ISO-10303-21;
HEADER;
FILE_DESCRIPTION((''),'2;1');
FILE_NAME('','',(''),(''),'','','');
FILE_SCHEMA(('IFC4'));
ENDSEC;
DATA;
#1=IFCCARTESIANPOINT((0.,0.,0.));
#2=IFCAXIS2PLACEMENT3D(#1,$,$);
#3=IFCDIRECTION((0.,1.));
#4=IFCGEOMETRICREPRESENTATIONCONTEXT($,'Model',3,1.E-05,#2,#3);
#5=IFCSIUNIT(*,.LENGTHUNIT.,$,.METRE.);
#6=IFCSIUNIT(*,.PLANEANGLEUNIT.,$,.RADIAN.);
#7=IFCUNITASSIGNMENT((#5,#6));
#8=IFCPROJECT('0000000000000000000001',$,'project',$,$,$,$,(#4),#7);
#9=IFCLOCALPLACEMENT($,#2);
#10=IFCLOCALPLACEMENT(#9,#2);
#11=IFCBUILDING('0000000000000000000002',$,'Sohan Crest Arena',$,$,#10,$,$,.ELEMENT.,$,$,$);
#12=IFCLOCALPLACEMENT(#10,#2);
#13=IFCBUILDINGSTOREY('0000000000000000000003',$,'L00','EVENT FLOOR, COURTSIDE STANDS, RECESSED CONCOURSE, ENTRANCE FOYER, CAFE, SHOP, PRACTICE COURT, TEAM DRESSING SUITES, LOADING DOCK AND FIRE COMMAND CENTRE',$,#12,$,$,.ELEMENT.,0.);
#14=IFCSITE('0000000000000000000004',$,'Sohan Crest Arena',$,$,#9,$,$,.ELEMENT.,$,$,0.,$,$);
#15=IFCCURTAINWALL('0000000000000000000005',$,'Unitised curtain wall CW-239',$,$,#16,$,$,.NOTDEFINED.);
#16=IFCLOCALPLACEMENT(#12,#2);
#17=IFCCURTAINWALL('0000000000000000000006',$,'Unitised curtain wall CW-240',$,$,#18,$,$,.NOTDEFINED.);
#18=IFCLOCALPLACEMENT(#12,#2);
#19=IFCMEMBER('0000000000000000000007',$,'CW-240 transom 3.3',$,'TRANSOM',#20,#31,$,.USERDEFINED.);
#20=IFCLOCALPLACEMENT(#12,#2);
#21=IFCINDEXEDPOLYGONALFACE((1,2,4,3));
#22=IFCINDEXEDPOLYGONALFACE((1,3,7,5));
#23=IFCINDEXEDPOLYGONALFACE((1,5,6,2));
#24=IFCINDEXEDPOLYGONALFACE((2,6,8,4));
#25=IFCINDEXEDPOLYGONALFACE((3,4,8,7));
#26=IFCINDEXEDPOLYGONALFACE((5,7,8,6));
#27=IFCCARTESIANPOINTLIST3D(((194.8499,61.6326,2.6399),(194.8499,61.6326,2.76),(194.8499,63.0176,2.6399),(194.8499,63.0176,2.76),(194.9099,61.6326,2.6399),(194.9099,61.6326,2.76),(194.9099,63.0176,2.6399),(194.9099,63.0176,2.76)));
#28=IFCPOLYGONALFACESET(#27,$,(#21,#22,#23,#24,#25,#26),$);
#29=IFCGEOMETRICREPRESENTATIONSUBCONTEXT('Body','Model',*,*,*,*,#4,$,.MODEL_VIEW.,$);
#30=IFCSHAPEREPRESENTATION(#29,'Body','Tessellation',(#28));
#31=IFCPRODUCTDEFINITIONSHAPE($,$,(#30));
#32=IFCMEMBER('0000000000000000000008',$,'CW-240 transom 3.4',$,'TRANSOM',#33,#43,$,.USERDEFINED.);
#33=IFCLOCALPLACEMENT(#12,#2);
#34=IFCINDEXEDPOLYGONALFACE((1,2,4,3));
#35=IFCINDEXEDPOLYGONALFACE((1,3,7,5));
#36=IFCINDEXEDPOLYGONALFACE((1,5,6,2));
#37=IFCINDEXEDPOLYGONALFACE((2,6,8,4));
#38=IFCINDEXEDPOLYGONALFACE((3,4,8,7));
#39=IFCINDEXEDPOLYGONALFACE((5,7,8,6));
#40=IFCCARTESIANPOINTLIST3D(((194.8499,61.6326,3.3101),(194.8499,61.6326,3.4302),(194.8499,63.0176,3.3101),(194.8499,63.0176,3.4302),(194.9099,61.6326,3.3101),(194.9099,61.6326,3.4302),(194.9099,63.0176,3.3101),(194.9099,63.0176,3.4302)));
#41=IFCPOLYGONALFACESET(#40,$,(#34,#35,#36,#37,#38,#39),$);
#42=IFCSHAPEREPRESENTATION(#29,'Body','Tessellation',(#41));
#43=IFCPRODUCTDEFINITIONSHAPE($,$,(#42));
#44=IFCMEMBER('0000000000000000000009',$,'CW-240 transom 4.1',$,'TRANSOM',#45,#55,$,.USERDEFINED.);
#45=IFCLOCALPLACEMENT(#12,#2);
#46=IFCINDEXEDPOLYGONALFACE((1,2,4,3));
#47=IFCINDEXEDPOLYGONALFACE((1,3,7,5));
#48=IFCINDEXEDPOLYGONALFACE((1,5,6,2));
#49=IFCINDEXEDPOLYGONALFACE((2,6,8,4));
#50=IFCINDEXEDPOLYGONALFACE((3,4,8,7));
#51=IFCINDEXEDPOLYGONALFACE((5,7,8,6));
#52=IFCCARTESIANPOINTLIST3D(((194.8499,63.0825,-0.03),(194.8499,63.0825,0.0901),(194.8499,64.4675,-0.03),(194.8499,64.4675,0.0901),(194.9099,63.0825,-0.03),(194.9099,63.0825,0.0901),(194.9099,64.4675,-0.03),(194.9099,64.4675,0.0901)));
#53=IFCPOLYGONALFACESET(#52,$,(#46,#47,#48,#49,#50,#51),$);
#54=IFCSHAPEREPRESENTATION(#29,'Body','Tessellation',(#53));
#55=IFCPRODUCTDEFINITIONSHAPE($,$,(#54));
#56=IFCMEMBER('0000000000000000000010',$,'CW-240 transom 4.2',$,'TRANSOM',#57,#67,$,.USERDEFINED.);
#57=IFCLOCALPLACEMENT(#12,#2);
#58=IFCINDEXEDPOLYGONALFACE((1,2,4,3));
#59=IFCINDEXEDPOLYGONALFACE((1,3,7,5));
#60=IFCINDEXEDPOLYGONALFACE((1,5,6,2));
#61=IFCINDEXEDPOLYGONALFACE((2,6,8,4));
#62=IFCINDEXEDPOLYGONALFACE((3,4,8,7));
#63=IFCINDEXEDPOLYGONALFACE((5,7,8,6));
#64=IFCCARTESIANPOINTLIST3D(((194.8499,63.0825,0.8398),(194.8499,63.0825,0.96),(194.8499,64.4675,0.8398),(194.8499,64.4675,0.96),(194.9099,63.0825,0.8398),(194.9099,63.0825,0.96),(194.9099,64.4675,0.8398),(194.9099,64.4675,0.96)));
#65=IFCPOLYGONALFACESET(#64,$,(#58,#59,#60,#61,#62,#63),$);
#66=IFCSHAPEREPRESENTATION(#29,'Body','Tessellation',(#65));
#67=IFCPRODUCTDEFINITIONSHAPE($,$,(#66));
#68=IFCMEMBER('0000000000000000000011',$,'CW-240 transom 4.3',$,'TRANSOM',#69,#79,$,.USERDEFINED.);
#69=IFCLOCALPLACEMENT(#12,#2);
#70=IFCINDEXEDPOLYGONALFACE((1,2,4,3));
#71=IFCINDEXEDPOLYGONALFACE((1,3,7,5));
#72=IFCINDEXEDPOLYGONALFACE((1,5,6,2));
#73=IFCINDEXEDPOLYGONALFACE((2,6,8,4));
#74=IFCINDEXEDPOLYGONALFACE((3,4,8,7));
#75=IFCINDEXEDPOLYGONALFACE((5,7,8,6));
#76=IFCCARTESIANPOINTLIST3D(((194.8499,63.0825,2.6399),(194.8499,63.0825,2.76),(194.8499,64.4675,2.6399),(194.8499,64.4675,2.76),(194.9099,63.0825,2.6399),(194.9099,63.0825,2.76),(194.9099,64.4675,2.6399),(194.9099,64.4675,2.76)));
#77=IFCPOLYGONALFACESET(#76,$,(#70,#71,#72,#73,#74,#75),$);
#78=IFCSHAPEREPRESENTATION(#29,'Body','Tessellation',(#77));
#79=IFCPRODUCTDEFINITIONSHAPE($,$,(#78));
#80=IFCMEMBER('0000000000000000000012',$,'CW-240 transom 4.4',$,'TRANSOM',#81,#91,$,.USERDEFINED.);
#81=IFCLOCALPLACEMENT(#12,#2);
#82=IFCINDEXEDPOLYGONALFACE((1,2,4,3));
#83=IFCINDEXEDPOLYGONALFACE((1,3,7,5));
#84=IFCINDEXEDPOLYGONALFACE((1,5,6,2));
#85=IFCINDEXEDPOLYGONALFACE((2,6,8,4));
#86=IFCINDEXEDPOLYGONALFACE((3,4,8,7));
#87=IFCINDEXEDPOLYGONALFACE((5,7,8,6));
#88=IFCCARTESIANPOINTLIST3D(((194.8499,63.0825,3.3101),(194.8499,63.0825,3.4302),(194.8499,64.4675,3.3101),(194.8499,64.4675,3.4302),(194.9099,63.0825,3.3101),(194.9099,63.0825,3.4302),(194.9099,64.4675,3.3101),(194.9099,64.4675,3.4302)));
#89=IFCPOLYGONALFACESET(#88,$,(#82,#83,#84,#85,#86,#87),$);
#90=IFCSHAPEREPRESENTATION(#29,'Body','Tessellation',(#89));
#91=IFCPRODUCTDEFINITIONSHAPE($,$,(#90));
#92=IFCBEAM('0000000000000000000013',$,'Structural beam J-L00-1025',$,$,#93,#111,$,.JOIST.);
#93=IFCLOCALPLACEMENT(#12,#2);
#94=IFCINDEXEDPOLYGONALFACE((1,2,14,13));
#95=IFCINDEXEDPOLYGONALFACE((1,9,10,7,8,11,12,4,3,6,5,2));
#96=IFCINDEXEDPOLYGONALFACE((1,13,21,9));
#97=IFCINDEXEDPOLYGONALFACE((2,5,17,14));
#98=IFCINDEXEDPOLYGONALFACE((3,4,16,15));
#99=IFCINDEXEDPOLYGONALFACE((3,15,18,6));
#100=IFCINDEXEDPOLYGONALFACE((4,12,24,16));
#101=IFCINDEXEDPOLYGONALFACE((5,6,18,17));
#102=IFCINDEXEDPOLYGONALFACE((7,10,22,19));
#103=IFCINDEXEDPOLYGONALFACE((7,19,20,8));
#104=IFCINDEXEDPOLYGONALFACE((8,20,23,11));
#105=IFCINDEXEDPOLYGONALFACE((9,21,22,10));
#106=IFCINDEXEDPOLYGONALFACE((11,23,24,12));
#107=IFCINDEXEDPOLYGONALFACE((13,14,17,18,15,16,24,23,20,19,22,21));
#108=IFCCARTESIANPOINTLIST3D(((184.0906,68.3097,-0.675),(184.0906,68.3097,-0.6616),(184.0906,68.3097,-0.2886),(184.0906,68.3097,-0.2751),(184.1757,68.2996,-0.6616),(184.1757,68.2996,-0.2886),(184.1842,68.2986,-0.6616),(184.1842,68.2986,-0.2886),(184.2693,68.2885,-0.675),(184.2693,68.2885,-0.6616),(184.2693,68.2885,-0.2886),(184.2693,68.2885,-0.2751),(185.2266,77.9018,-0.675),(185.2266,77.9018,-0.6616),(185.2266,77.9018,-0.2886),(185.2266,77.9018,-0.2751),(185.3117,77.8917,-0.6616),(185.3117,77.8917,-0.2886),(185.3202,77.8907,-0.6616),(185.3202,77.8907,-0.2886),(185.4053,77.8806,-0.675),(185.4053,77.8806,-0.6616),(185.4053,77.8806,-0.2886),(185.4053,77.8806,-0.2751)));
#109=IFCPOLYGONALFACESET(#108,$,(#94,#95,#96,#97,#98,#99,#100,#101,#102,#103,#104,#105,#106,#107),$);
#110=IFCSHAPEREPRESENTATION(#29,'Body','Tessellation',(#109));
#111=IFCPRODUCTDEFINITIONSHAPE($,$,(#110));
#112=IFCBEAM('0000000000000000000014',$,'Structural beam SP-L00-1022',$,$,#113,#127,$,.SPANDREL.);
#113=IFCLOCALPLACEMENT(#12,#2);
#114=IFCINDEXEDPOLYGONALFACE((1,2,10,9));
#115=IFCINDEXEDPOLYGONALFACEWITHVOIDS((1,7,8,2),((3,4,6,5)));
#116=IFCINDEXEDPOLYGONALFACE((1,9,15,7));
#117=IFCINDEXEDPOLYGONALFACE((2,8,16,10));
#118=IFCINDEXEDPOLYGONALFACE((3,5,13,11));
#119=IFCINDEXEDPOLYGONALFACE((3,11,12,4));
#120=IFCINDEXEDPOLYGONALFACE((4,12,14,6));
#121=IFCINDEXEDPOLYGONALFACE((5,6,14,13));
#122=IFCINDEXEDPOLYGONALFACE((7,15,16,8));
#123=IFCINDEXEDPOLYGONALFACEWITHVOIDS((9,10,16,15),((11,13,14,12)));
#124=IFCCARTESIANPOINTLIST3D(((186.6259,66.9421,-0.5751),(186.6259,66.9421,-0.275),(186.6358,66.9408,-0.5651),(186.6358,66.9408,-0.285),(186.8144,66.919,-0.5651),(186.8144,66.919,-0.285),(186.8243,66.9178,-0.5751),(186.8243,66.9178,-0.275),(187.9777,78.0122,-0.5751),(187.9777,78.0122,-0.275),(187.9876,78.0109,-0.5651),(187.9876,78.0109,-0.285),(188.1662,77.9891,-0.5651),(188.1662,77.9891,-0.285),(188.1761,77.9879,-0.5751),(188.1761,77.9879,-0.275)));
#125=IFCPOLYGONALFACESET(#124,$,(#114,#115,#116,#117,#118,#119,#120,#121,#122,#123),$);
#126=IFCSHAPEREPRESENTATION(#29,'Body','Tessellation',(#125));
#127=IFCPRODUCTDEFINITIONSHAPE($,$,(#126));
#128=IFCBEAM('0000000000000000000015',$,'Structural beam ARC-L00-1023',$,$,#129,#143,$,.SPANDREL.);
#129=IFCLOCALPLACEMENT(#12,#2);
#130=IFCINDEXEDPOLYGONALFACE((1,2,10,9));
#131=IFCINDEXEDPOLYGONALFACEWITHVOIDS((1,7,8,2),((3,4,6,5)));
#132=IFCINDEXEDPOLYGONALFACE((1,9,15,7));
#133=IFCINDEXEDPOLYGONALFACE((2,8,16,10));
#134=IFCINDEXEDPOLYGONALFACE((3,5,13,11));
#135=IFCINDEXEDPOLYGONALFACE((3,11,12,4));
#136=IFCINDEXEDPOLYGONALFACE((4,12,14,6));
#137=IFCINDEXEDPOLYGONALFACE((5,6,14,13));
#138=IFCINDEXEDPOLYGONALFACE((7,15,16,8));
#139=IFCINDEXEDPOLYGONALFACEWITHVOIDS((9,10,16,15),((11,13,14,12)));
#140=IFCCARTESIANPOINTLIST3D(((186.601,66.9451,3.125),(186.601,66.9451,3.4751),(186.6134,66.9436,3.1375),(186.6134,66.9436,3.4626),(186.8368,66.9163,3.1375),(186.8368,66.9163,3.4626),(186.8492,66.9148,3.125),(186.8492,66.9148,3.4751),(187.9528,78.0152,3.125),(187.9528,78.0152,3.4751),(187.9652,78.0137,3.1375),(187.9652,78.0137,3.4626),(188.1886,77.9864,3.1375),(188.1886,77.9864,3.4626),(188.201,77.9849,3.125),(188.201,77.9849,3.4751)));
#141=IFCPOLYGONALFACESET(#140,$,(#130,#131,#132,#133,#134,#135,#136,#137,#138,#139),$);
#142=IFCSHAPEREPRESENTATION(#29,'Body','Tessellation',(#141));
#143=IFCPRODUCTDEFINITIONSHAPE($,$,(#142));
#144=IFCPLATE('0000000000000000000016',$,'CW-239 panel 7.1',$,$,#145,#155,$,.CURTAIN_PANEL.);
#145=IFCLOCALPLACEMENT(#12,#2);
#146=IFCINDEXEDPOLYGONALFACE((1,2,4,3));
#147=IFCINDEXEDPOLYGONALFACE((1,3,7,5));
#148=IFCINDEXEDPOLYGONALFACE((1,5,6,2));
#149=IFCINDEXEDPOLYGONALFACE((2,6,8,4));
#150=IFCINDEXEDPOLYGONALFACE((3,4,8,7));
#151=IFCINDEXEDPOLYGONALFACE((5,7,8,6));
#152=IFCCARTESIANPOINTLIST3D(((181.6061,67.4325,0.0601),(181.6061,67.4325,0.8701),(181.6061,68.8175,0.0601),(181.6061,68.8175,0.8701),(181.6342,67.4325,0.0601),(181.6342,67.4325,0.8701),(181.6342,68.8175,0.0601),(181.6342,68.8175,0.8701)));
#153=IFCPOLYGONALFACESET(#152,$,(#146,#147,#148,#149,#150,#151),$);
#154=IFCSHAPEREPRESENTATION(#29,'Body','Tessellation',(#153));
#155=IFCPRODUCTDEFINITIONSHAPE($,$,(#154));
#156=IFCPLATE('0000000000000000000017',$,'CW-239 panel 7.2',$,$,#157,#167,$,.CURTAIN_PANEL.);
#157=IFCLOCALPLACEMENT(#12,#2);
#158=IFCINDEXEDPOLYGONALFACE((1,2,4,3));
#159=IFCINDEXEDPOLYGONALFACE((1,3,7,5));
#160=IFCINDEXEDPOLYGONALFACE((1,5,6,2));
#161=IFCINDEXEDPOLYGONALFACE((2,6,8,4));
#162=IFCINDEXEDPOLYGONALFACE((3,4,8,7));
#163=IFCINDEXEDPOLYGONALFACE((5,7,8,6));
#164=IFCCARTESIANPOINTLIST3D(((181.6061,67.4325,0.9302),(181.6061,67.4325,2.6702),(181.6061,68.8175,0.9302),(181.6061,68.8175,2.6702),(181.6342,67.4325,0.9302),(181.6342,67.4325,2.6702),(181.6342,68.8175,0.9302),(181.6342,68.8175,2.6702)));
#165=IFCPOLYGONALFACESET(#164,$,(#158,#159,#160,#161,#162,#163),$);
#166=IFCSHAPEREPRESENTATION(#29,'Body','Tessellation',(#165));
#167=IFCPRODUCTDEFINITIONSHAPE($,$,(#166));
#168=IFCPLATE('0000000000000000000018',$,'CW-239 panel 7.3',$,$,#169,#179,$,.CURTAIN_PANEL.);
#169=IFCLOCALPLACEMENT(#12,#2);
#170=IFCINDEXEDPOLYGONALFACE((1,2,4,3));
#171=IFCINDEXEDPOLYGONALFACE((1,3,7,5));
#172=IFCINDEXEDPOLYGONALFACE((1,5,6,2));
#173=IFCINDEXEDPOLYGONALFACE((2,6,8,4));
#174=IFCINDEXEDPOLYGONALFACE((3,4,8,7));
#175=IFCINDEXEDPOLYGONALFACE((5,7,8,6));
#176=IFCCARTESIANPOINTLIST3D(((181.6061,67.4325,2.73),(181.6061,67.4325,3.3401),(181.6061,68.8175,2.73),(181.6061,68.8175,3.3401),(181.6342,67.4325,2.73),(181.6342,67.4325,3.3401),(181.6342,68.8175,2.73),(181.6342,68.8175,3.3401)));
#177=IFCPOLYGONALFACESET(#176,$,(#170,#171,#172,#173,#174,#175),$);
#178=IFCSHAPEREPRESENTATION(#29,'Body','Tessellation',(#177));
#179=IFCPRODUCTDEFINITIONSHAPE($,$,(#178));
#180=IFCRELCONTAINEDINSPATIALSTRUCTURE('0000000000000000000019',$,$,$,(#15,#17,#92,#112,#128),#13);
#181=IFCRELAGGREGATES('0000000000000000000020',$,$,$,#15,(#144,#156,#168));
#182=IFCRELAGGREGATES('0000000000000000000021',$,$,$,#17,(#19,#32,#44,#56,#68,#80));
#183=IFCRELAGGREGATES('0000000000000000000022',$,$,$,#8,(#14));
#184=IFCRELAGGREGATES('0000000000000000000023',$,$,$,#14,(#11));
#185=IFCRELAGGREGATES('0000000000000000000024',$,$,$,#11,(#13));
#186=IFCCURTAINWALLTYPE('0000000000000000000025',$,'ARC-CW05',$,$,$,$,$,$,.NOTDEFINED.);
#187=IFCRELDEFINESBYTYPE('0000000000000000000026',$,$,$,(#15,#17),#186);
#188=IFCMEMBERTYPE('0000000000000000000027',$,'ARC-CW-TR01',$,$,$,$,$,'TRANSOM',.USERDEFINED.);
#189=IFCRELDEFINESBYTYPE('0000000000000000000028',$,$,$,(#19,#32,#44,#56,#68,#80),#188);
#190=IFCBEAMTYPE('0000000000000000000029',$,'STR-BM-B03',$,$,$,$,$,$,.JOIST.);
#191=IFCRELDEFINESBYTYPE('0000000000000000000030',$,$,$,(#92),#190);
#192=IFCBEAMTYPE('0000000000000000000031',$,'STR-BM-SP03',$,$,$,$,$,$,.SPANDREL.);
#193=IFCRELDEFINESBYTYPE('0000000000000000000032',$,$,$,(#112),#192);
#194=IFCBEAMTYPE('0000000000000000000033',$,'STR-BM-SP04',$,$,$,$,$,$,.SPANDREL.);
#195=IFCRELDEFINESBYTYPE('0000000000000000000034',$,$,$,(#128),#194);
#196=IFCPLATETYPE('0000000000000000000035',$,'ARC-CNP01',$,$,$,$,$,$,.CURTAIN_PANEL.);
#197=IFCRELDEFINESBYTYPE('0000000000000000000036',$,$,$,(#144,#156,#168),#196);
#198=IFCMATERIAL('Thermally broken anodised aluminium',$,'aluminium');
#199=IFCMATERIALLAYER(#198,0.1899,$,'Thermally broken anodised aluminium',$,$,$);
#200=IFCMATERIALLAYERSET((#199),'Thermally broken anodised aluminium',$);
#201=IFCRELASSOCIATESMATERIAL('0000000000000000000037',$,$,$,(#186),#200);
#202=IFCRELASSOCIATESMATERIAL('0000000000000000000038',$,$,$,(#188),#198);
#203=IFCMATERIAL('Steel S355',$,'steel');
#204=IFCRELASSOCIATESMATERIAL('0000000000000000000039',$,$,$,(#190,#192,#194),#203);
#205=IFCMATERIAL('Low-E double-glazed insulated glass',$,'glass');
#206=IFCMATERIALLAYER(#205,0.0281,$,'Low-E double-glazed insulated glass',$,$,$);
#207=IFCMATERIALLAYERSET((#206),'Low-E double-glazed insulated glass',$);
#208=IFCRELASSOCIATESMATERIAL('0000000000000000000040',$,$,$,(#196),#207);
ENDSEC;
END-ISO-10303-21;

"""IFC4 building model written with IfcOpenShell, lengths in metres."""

from ifc_helpers import new_model, si_unit, direction, frame, origin, origin_2d, place, context, subcontext, project, spatial, rectangle, hollow_rectangle, i_section, extrude, material, layer, layer_set, material_profile, profile_set, type_object, element, aggregate, save


model = new_model("IFC4")

# Units and contexts
model_context = context("Model", 3, precision=1e-05, world=origin(), true_north=direction((0.0, 1.0)))
body_context = subcontext(model_context, "Body", "Model", "MODEL_VIEW")
ifc_project = project(units=[si_unit("LENGTHUNIT", "METRE"), si_unit("PLANEANGLEUNIT", "RADIAN")], contexts=[model_context])

# Site, building, storey
site_placement = place(None, origin())
site = spatial("IfcSite", under=ifc_project, at=site_placement, Name="Sohan Crest Arena", CompositionType="ELEMENT", RefElevation=0.0)
building_placement = place(site_placement, origin())
building = spatial("IfcBuilding", under=site, at=building_placement, Name="Sohan Crest Arena", CompositionType="ELEMENT")
storey_placement = place(building_placement, origin())
storey = spatial("IfcBuildingStorey", under=building, at=storey_placement, Name="L00", Description="EVENT FLOOR, COURTSIDE STANDS, RECESSED CONCOURSE, ENTRANCE FOYER, CAFE, SHOP, PRACTICE COURT, TEAM DRESSING SUITES, LOADING DOCK AND FIRE COMMAND CENTRE", CompositionType="ELEMENT", Elevation=0.0)

# Curtain wall
ifc_material_1 = material(Name="Thermally broken anodised aluminium", Category="aluminium")
ifc_layer_1 = layer(ifc_material_1, 0.1899, Name="Thermally broken anodised aluminium")
ifc_layer_set_1 = layer_set([ifc_layer_1], Name="Thermally broken anodised aluminium")
curtain_wall_type = type_object("IfcCurtainWallType", Name="ARC-CW05", PredefinedType="NOTDEFINED", material=ifc_layer_set_1)
curtain_wall_1_placement = place(storey_placement, origin())
curtain_wall_1 = element("IfcCurtainWall", 1, at=curtain_wall_1_placement, inside=storey, type_object=curtain_wall_type, Name="Unitised curtain wall CW-239", PredefinedType="NOTDEFINED")

# Curtain wall
curtain_wall_2_placement = place(storey_placement, origin())
curtain_wall_2 = element("IfcCurtainWall", 2, at=curtain_wall_2_placement, inside=storey, type_object=curtain_wall_type, Name="Unitised curtain wall CW-240", PredefinedType="NOTDEFINED")

# Members
ifc_material_profile_1 = material_profile(ifc_material_1, rectangle(XDim=0.0601, YDim=0.1201, at=origin_2d()), Name="ALU-TRAN 60x120")
ifc_profile_set_1 = profile_set([ifc_material_profile_1], Name="Thermally broken anodised aluminium")
member_type_1 = type_object("IfcMemberType", Name="ARC-CW-TR01", ElementType="TRANSOM", PredefinedType="USERDEFINED", material=ifc_profile_set_1)
member_1_placement = place(storey_placement, frame((194.8799, 61.6326, 2.7), z_axis=(0.0, 1.0, 0.0), x_axis=(-1.0, 0.0, 0.0)))
member_1 = element("IfcMember", 3, at=member_1_placement, type_object=member_type_1, Name="CW-240 transom 3.3", ObjectType="TRANSOM", PredefinedType="USERDEFINED", context=body_context, shape_type="SweptSolid", body=[
    extrude(rectangle(XDim=0.0601, YDim=0.1201, at=origin_2d()), origin(), (0.0, 0.0, 1.0), 1.385),
])
member_2_placement = place(storey_placement, frame((194.8799, 61.6326, 3.3701), z_axis=(0.0, 1.0, 0.0), x_axis=(-1.0, 0.0, 0.0)))
member_2 = element("IfcMember", 4, at=member_2_placement, type_object=member_type_1, Name="CW-240 transom 3.4", ObjectType="TRANSOM", PredefinedType="USERDEFINED", context=body_context, shape_type="SweptSolid", body=[
    extrude(rectangle(XDim=0.0601, YDim=0.1201, at=origin_2d()), origin(), (0.0, 0.0, 1.0), 1.385),
])
member_3_placement = place(storey_placement, frame((194.8799, 63.0825, 0.03), z_axis=(0.0, 1.0, 0.0), x_axis=(-1.0, 0.0, 0.0)))
member_3 = element("IfcMember", 5, at=member_3_placement, type_object=member_type_1, Name="CW-240 transom 4.1", ObjectType="TRANSOM", PredefinedType="USERDEFINED", context=body_context, shape_type="SweptSolid", body=[
    extrude(rectangle(XDim=0.0601, YDim=0.1201, at=origin_2d()), origin(), (0.0, 0.0, 1.0), 1.385),
])
member_4_placement = place(storey_placement, frame((194.8799, 63.0825, 0.8999), z_axis=(0.0, 1.0, 0.0), x_axis=(-1.0, 0.0, 0.0)))
member_4 = element("IfcMember", 6, at=member_4_placement, type_object=member_type_1, Name="CW-240 transom 4.2", ObjectType="TRANSOM", PredefinedType="USERDEFINED", context=body_context, shape_type="SweptSolid", body=[
    extrude(rectangle(XDim=0.0601, YDim=0.1201, at=origin_2d()), origin(), (0.0, 0.0, 1.0), 1.385),
])
member_5_placement = place(storey_placement, frame((194.8799, 63.0825, 2.7), z_axis=(0.0, 1.0, 0.0), x_axis=(-1.0, 0.0, 0.0)))
member_5 = element("IfcMember", 7, at=member_5_placement, type_object=member_type_1, Name="CW-240 transom 4.3", ObjectType="TRANSOM", PredefinedType="USERDEFINED", context=body_context, shape_type="SweptSolid", body=[
    extrude(rectangle(XDim=0.0601, YDim=0.1201, at=origin_2d()), origin(), (0.0, 0.0, 1.0), 1.385),
])
member_6_placement = place(storey_placement, frame((194.8799, 63.0825, 3.3701), z_axis=(0.0, 1.0, 0.0), x_axis=(-1.0, 0.0, 0.0)))
member_6 = element("IfcMember", 8, at=member_6_placement, type_object=member_type_1, Name="CW-240 transom 4.4", ObjectType="TRANSOM", PredefinedType="USERDEFINED", context=body_context, shape_type="SweptSolid", body=[
    extrude(rectangle(XDim=0.0601, YDim=0.1201, at=origin_2d()), origin(), (0.0, 0.0, 1.0), 1.385),
])

# Beams
ifc_material_2 = material(Name="Steel S355", Category="steel")
ifc_material_profile_2 = material_profile(ifc_material_2, i_section(OverallWidth=0.1799, OverallDepth=0.3999, WebThickness=0.0085, FlangeThickness=0.0134, at=origin_2d()), Name="IPE 400")
ifc_profile_set_2 = profile_set([ifc_material_profile_2], Name="Steel S355")
beam_type_1 = type_object("IfcBeamType", Name="STR-BM-B03", PredefinedType="JOIST", material=ifc_profile_set_2)
beam_1_placement = place(storey_placement, frame((184.1799, 68.2991, -0.4751), z_axis=(0.117608, 0.99306, 0.0), x_axis=(-0.99306, 0.117608, 0.0)))
element("IfcBeam", 9, at=beam_1_placement, inside=storey, type_object=beam_type_1, Name="Structural beam J-L00-1025", PredefinedType="JOIST", context=body_context, shape_type="SweptSolid", body=[
    extrude(i_section(OverallWidth=0.1799, OverallDepth=0.3999, WebThickness=0.0085, FlangeThickness=0.0134, at=origin_2d()), origin(), (0.0, 0.0, 1.0), 9.6592),
])
ifc_material_profile_3 = material_profile(ifc_material_2, hollow_rectangle(XDim=0.2, YDim=0.3, WallThickness=0.01, at=origin_2d()), Name="RHS 300x200x10")
ifc_profile_set_3 = profile_set([ifc_material_profile_3], Name="Steel S355")
beam_type_2 = type_object("IfcBeamType", Name="STR-BM-SP03", PredefinedType="SPANDREL", material=ifc_profile_set_3)
beam_2_placement = place(storey_placement, frame((186.7251, 66.9299, -0.425), z_axis=(0.121213, 0.992626, 0.0), x_axis=(-0.992626, 0.121213, 0.0)))
element("IfcBeam", 10, at=beam_2_placement, inside=storey, type_object=beam_type_2, Name="Structural beam SP-L00-1022", PredefinedType="SPANDREL", context=body_context, shape_type="SweptSolid", body=[
    extrude(hollow_rectangle(XDim=0.2, YDim=0.3, WallThickness=0.01, at=origin_2d()), origin(), (0.0, 0.0, 1.0), 11.1523),
])
ifc_material_profile_4 = material_profile(ifc_material_2, hollow_rectangle(XDim=0.25, YDim=0.3501, WallThickness=0.0125, at=origin_2d()), Name="RHS 350x250x12.5")
ifc_profile_set_4 = profile_set([ifc_material_profile_4], Name="Steel S355")
beam_type_3 = type_object("IfcBeamType", Name="STR-BM-SP04", PredefinedType="SPANDREL", material=ifc_profile_set_4)
beam_3_placement = place(storey_placement, frame((186.7251, 66.9299, 3.3), z_axis=(0.121213, 0.992626, 0.0), x_axis=(-0.992626, 0.121213, 0.0)))
element("IfcBeam", 11, at=beam_3_placement, inside=storey, type_object=beam_type_3, Name="Structural beam ARC-L00-1023", PredefinedType="SPANDREL", context=body_context, shape_type="SweptSolid", body=[
    extrude(hollow_rectangle(XDim=0.25, YDim=0.3501, WallThickness=0.0125, at=origin_2d()), origin(), (0.0, 0.0, 1.0), 11.1523),
])

# Plates
ifc_material_3 = material(Name="Low-E double-glazed insulated glass", Category="glass")
ifc_layer_2 = layer(ifc_material_3, 0.0281, Name="Low-E double-glazed insulated glass")
ifc_layer_set_2 = layer_set([ifc_layer_2], Name="Low-E double-glazed insulated glass")
plate_type = type_object("IfcPlateType", Name="ARC-CNP01", PredefinedType="CURTAIN_PANEL", material=ifc_layer_set_2)
plate_1_placement = place(storey_placement, frame((181.6201, 68.125, 0.0601), z_axis=(0.0, 0.0, 1.0), x_axis=(0.0, 1.0, 0.0)))
plate_1 = element("IfcPlate", 12, at=plate_1_placement, type_object=plate_type, Name="CW-239 panel 7.1", PredefinedType="CURTAIN_PANEL", context=body_context, shape_type="SweptSolid", body=[
    extrude(rectangle(XDim=1.385, YDim=0.0281, at=origin_2d()), origin(), (0.0, 0.0, 1.0), 0.8101),
])
plate_2_placement = place(storey_placement, frame((181.6201, 68.125, 0.9302), z_axis=(0.0, 0.0, 1.0), x_axis=(0.0, 1.0, 0.0)))
plate_2 = element("IfcPlate", 13, at=plate_2_placement, type_object=plate_type, Name="CW-239 panel 7.2", PredefinedType="CURTAIN_PANEL", context=body_context, shape_type="SweptSolid", body=[
    extrude(rectangle(XDim=1.385, YDim=0.0281, at=origin_2d()), origin(), (0.0, 0.0, 1.0), 1.74),
])
plate_3_placement = place(storey_placement, frame((181.6201, 68.125, 2.73), z_axis=(0.0, 0.0, 1.0), x_axis=(0.0, 1.0, 0.0)))
plate_3 = element("IfcPlate", 14, at=plate_3_placement, type_object=plate_type, Name="CW-239 panel 7.3", PredefinedType="CURTAIN_PANEL", context=body_context, shape_type="SweptSolid", body=[
    extrude(rectangle(XDim=1.385, YDim=0.0281, at=origin_2d()), origin(), (0.0, 0.0, 1.0), 0.6101),
])
aggregate(curtain_wall_1, [plate_1, plate_2, plate_3])
aggregate(curtain_wall_2, [member_1, member_2, member_3, member_4, member_5, member_6])

save(model, "model.ifc")
